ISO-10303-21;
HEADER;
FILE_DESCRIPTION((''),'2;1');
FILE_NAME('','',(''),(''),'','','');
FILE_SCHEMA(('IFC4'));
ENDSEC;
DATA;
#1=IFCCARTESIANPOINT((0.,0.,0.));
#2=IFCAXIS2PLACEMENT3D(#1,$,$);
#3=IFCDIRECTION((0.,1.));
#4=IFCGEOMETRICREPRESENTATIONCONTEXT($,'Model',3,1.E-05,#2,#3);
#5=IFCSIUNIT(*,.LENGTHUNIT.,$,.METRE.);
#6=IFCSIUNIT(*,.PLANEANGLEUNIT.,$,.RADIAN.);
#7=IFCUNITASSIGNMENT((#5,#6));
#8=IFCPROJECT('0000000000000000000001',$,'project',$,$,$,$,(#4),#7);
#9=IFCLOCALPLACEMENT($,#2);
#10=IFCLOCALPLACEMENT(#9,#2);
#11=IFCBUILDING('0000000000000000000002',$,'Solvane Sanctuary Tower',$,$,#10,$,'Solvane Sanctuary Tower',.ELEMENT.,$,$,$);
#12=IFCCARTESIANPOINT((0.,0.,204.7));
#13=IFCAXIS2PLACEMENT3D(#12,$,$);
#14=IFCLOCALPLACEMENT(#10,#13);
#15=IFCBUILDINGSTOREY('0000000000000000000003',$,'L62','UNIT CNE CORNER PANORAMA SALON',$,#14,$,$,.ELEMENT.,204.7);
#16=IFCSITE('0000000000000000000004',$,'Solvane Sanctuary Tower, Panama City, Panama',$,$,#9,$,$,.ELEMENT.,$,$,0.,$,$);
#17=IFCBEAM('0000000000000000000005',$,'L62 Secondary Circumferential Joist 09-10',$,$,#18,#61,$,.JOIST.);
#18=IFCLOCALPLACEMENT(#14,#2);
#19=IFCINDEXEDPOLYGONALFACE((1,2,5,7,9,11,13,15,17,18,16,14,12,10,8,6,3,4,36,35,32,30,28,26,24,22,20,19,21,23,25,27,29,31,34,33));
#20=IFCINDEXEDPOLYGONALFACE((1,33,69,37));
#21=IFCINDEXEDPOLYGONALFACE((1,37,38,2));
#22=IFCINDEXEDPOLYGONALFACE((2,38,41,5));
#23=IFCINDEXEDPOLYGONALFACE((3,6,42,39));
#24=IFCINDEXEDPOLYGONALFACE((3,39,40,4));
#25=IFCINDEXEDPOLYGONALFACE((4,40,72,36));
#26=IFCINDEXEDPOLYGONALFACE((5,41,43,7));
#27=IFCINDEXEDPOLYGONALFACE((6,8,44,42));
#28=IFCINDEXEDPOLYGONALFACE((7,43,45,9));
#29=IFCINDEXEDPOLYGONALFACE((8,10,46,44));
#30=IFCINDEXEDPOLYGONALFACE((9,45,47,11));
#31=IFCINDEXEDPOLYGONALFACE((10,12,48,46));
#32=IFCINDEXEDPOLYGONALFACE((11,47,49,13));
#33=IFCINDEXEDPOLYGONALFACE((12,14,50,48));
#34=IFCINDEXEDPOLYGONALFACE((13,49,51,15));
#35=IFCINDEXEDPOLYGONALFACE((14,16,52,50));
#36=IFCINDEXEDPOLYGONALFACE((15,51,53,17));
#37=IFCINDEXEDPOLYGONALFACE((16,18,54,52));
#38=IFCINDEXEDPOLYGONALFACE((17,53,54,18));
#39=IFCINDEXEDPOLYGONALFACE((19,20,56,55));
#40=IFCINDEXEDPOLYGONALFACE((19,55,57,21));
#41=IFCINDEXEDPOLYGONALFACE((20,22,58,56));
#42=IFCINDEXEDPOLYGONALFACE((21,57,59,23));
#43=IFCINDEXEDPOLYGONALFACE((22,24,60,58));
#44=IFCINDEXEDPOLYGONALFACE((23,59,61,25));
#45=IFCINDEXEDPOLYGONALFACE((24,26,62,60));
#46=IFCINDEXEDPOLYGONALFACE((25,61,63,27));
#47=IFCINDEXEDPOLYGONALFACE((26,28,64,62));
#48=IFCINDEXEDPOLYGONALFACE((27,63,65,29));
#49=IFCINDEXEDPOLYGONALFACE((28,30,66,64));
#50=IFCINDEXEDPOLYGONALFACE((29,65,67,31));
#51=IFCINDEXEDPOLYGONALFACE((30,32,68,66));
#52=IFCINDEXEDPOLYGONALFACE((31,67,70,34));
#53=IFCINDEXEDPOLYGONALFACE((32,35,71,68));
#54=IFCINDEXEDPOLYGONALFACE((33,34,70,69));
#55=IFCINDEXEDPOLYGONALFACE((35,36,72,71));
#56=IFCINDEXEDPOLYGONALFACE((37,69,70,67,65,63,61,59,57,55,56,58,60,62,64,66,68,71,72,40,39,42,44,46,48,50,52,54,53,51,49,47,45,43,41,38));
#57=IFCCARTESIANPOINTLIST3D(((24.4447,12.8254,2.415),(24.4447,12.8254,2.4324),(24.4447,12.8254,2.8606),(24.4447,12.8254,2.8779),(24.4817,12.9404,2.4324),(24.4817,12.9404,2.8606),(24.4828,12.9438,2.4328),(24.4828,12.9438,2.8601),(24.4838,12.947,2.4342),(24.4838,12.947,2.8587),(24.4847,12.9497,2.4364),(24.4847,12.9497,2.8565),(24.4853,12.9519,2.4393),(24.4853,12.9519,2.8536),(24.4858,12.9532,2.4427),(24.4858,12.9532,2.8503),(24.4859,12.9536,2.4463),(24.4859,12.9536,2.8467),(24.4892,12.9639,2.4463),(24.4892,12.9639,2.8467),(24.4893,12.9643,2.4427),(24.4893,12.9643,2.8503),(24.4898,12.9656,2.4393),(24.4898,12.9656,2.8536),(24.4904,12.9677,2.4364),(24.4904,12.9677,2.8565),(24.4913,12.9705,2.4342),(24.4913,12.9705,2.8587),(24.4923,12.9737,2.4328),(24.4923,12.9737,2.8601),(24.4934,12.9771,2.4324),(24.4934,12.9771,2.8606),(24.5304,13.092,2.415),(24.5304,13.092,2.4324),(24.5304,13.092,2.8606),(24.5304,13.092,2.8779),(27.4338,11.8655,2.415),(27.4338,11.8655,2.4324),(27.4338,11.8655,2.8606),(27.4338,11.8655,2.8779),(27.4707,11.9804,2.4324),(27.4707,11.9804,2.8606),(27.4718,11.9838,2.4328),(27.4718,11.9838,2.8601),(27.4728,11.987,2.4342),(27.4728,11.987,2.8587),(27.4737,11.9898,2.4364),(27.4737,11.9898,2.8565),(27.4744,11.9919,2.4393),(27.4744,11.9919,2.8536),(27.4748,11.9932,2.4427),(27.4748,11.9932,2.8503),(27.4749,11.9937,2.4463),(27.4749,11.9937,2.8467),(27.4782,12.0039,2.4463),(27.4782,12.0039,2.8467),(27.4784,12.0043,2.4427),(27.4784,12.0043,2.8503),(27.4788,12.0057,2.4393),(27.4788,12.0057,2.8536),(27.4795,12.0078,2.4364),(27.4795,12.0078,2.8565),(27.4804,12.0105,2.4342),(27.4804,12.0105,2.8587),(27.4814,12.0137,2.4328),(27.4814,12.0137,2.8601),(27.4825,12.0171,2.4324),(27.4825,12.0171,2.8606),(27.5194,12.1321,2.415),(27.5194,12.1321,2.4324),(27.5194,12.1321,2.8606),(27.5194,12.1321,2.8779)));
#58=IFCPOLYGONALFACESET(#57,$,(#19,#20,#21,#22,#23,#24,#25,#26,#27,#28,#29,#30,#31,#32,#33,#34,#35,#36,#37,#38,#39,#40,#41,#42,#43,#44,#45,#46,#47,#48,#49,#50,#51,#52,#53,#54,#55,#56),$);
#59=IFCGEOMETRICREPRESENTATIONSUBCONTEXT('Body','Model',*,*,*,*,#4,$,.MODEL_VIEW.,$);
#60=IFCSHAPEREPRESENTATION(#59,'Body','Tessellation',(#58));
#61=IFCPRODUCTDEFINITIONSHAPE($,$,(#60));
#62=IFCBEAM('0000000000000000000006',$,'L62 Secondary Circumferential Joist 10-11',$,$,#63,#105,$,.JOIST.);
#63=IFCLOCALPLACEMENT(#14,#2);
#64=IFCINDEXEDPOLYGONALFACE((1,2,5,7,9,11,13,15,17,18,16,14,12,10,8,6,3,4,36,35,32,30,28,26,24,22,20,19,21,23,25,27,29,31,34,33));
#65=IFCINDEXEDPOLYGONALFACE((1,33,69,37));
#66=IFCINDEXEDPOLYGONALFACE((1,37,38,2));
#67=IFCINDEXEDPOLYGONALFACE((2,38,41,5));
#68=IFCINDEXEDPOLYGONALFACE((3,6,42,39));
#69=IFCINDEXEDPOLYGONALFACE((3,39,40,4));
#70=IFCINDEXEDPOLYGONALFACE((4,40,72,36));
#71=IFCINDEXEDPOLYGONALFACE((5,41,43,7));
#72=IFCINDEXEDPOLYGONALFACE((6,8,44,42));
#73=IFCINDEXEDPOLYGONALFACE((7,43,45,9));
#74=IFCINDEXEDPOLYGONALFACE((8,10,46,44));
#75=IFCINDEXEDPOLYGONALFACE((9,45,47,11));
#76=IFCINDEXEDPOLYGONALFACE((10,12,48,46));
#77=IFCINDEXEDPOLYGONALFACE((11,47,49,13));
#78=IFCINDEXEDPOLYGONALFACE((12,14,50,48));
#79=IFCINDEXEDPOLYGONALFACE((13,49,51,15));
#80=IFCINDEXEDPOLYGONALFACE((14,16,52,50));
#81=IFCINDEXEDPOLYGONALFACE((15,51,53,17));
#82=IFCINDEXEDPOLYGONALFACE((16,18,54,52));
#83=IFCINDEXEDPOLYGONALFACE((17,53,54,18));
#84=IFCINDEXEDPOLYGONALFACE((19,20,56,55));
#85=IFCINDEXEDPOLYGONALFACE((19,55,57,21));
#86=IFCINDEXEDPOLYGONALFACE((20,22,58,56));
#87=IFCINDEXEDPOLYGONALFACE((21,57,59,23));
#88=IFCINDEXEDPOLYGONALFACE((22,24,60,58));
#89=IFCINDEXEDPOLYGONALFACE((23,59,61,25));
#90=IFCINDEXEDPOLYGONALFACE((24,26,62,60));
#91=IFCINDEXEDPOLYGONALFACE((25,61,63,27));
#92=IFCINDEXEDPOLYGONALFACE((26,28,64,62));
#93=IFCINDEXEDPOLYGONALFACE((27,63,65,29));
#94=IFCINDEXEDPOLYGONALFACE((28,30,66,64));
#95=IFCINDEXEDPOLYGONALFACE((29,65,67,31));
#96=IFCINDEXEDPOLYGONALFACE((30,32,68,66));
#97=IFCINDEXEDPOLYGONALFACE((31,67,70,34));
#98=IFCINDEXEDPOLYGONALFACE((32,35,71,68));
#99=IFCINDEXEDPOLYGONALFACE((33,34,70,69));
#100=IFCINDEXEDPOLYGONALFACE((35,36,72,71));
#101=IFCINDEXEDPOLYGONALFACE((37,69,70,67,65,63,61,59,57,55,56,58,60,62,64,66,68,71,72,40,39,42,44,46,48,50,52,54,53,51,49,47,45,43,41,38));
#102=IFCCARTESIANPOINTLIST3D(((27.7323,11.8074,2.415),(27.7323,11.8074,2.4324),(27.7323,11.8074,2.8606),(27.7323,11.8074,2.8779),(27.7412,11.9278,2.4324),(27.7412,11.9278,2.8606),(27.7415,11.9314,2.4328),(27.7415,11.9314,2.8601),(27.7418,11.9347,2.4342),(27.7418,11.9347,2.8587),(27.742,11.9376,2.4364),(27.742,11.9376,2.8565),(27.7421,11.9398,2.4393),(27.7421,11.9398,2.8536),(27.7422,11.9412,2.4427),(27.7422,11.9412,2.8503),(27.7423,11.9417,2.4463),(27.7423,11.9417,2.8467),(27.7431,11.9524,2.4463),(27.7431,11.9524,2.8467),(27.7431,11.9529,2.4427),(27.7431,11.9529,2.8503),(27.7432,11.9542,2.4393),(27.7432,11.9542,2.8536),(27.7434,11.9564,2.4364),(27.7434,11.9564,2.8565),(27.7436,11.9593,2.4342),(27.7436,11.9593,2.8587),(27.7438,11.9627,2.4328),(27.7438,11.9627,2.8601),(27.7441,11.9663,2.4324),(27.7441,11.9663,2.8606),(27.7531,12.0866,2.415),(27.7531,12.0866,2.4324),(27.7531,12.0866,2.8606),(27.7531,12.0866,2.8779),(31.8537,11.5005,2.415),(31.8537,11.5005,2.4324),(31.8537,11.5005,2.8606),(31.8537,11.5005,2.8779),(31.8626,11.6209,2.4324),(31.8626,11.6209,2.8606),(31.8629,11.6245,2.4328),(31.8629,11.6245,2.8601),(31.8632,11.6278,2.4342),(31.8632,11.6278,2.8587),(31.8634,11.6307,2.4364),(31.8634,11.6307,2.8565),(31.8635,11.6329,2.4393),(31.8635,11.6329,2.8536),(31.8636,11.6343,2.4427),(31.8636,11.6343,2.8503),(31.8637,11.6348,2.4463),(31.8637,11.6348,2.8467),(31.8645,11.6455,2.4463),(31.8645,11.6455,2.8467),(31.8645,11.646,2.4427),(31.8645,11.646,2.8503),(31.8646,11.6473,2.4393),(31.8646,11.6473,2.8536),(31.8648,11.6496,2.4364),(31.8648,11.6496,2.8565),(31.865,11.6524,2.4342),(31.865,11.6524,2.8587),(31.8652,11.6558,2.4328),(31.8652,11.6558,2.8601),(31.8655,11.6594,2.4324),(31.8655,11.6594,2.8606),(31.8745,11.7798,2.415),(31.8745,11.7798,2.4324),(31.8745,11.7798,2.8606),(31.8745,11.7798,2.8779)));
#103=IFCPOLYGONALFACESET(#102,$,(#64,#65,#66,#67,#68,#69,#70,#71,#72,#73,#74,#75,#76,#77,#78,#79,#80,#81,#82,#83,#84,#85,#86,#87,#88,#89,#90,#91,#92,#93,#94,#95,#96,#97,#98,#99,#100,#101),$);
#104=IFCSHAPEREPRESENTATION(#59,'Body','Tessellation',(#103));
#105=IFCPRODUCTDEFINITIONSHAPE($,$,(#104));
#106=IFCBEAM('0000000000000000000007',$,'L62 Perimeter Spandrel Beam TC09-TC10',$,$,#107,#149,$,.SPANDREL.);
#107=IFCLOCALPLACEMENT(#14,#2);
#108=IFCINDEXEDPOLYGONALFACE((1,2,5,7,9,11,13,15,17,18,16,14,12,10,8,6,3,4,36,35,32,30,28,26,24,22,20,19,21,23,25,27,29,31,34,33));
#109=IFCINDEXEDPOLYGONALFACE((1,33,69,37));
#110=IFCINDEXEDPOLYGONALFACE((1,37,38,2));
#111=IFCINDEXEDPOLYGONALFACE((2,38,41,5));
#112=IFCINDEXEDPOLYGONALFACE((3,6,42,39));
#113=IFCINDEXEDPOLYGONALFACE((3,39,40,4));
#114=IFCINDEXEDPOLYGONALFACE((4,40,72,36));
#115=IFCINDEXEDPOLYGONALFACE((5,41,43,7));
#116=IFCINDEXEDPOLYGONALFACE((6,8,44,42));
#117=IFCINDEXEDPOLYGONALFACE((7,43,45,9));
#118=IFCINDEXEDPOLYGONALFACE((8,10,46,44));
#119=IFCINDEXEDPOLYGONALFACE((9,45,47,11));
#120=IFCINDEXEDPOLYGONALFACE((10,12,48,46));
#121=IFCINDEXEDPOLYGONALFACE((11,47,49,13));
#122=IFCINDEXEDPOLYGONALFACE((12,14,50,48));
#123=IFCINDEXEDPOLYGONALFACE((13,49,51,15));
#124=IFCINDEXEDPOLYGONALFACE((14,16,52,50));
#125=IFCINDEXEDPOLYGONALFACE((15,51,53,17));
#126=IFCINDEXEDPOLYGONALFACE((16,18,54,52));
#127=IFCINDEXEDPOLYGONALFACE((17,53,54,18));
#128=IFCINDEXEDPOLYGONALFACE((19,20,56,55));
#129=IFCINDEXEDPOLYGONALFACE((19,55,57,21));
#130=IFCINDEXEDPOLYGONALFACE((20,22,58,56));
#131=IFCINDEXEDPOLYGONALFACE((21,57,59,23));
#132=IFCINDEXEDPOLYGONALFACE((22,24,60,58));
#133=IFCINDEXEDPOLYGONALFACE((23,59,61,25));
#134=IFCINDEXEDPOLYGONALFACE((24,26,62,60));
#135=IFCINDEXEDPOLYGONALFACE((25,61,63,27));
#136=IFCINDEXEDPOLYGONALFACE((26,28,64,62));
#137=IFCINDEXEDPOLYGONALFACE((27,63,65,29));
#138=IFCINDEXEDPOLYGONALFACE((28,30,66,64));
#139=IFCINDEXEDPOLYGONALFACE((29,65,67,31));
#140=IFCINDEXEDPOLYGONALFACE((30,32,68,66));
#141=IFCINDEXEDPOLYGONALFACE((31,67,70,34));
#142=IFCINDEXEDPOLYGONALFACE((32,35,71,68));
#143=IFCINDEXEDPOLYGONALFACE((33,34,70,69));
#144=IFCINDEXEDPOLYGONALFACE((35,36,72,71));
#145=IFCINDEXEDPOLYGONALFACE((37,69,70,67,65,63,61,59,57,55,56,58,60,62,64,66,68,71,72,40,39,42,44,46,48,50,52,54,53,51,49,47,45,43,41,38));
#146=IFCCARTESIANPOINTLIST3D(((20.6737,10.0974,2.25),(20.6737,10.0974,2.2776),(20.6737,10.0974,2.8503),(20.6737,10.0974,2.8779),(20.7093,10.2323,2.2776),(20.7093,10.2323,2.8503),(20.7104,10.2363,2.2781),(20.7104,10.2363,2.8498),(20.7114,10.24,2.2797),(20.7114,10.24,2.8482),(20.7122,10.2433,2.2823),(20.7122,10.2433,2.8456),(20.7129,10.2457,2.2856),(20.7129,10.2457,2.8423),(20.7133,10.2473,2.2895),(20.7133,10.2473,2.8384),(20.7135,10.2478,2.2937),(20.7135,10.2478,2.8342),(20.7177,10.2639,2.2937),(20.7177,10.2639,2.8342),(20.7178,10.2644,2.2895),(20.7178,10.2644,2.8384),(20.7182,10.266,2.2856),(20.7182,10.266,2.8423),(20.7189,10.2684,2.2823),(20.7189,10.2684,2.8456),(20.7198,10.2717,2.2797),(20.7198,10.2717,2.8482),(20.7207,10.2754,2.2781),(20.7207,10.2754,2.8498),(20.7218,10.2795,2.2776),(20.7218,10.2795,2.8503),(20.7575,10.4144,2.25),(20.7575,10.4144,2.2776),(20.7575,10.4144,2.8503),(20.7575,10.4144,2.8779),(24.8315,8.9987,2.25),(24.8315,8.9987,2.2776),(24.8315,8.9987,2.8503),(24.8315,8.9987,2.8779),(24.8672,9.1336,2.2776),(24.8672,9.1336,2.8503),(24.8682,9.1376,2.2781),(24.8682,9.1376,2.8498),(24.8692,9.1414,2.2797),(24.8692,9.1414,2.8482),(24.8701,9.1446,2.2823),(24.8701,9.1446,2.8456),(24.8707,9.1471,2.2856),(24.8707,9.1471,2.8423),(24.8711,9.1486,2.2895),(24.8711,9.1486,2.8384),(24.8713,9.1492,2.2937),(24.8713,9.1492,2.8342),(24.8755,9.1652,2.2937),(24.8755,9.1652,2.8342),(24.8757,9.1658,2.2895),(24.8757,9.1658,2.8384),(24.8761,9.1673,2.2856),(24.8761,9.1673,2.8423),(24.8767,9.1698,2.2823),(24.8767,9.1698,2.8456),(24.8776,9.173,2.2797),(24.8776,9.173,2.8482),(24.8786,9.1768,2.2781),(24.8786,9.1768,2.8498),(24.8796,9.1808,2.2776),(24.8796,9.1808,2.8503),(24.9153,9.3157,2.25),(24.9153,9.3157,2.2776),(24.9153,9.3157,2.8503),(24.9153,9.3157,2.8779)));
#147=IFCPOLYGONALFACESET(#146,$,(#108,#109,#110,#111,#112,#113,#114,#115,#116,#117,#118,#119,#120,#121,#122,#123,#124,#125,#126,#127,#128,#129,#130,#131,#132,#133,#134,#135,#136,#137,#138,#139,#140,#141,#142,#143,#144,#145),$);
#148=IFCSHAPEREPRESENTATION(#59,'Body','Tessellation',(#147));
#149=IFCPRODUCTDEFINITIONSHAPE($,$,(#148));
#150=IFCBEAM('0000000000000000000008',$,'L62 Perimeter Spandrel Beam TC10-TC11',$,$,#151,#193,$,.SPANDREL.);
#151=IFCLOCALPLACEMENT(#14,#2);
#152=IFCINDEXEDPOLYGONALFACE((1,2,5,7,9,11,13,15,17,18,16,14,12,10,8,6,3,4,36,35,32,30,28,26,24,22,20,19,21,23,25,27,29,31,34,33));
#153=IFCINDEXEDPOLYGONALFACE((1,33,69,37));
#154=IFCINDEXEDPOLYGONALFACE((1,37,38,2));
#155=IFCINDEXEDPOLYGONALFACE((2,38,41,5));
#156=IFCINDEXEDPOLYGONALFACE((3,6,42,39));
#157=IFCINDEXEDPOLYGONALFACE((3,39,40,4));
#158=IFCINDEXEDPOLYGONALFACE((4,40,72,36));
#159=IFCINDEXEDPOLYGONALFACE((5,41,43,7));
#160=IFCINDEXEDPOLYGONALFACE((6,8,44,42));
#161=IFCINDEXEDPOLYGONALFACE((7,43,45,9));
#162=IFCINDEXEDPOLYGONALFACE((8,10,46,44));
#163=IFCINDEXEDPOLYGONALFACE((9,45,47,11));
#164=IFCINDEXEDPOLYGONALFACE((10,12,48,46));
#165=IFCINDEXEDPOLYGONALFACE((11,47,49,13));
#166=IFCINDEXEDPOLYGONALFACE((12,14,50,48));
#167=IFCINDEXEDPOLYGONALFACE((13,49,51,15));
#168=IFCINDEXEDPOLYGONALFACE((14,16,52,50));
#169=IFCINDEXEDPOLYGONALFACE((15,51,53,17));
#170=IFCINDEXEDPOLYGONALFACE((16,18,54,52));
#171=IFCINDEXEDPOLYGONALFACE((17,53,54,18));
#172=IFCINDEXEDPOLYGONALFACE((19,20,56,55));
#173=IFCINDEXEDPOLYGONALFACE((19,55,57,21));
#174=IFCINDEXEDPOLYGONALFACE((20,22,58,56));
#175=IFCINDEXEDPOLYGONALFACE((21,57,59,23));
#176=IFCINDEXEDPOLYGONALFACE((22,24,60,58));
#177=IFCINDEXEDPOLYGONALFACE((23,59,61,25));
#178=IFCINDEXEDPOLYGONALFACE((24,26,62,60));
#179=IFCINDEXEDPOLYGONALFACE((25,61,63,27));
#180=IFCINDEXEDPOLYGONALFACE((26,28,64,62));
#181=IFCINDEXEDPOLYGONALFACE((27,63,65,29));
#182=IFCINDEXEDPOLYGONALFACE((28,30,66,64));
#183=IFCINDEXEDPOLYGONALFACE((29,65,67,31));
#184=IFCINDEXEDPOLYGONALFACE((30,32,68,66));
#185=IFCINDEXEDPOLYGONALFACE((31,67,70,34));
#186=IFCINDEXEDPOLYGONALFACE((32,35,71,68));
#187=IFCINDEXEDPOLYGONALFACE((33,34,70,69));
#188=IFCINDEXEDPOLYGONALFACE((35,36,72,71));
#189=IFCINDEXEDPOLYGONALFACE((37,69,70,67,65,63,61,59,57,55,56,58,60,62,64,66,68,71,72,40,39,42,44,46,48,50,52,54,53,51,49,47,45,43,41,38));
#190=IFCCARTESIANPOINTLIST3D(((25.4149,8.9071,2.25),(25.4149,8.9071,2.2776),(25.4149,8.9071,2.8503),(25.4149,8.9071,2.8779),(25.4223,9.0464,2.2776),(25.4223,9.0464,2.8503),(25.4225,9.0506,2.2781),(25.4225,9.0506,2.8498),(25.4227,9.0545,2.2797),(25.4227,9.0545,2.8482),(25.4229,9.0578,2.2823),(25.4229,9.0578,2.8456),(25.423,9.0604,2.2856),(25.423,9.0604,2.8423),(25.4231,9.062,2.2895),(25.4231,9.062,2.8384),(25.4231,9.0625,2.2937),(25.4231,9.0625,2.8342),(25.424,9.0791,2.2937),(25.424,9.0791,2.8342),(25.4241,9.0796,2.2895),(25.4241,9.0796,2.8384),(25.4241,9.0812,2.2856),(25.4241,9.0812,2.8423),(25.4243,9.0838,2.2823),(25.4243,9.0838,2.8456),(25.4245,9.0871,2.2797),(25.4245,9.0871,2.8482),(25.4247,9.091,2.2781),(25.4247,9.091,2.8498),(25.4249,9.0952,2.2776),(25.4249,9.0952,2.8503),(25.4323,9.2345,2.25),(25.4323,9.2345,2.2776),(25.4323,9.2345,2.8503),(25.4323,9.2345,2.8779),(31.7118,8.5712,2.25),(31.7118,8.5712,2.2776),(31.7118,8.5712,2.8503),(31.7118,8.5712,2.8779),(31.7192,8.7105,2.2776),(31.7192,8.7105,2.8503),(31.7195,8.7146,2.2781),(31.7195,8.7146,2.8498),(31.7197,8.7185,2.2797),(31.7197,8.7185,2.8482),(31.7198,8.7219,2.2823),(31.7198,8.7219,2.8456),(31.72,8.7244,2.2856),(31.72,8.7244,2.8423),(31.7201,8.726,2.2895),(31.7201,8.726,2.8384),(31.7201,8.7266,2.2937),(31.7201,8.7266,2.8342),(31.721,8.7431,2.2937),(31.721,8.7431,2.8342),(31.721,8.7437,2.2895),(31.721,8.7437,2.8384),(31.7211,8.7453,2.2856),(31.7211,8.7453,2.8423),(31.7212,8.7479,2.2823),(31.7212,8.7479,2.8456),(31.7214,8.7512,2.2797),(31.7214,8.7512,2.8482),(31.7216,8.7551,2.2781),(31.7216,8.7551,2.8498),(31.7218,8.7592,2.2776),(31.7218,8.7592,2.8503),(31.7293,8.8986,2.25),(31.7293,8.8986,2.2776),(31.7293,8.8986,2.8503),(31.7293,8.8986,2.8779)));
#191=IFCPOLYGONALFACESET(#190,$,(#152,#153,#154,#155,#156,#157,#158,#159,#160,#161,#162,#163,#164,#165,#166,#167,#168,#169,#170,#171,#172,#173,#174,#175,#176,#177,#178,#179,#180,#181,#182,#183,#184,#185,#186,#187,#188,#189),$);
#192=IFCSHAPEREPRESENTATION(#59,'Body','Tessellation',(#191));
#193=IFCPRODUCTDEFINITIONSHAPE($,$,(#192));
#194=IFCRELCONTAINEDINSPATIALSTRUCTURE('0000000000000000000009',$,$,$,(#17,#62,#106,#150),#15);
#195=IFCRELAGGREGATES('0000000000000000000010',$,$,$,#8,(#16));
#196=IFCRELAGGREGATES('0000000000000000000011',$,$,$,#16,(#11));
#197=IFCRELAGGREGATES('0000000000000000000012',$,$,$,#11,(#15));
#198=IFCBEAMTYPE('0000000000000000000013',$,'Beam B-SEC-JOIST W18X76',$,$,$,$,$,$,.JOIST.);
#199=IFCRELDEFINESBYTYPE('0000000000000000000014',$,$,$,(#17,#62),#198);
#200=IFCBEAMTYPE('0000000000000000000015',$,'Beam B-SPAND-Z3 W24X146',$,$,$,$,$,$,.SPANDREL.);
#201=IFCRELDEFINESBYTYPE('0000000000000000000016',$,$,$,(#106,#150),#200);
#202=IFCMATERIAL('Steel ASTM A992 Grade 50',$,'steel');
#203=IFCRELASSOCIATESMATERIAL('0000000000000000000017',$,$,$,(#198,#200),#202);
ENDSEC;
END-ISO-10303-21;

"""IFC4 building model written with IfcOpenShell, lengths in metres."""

from ifc_helpers import new_model, si_unit, direction, frame, origin, origin_2d, place, context, subcontext, project, spatial, i_section, extrude, material, material_profile, profile_set, type_object, element, save


model = new_model("IFC4")

# Units and contexts
model_context = context("Model", 3, precision=1e-05, world=origin(), true_north=direction((0.0, 1.0)))
body_context = subcontext(model_context, "Body", "Model", "MODEL_VIEW")
ifc_project = project(units=[si_unit("LENGTHUNIT", "METRE"), si_unit("PLANEANGLEUNIT", "RADIAN")], contexts=[model_context])

# Site, building, storey
site_placement = place(None, origin())
site = spatial("IfcSite", under=ifc_project, at=site_placement, Name="Solvane Sanctuary Tower, Panama City, Panama", CompositionType="ELEMENT", RefElevation=0.0)
building_placement = place(site_placement, origin())
building = spatial("IfcBuilding", under=site, at=building_placement, Name="Solvane Sanctuary Tower", LongName="Solvane Sanctuary Tower", CompositionType="ELEMENT")
storey_placement = place(building_placement, frame((0.0, 0.0, 204.7)))
storey = spatial("IfcBuildingStorey", under=building, at=storey_placement, Name="L62", Description="UNIT CNE CORNER PANORAMA SALON", CompositionType="ELEMENT", Elevation=204.7)

# Beams
ifc_material_1 = material(Name="Steel ASTM A992 Grade 50", Category="steel")
ifc_material_profile_1 = material_profile(ifc_material_1, i_section(OverallWidth=0.28, OverallDepth=0.4629, WebThickness=0.0107, FlangeThickness=0.0173, FilletRadius=0.0139, at=origin_2d()), Name="W18X76")
ifc_profile_set_1 = profile_set([ifc_material_profile_1], Name="Steel ASTM A992 Grade 50")
beam_type_1 = type_object("IfcBeamType", Name="Beam B-SEC-JOIST W18X76", PredefinedType="JOIST", material=ifc_profile_set_1)
beam_1_placement = place(storey_placement, frame((24.4875, 12.9587, 2.6465), z_axis=(0.952102, -0.30578, 0.0), x_axis=(0.30578, 0.952102, 0.0)))
element("IfcBeam", 1, at=beam_1_placement, inside=storey, type_object=beam_type_1, Name="L62 Secondary Circumferential Joist 09-10", PredefinedType="JOIST", context=body_context, shape_type="SweptSolid", body=[
    extrude(i_section(OverallWidth=0.28, OverallDepth=0.4629, WebThickness=0.0107, FlangeThickness=0.0173, FilletRadius=0.0139, at=origin_2d()), origin(), (0.0, 0.0, 1.0), 3.1394),
])
beam_2_placement = place(storey_placement, frame((27.7427, 11.947, 2.6465), z_axis=(0.997239, -0.074257, 0.0), x_axis=(0.074257, 0.997239, 0.0)))
element("IfcBeam", 2, at=beam_2_placement, inside=storey, type_object=beam_type_1, Name="L62 Secondary Circumferential Joist 10-11", PredefinedType="JOIST", context=body_context, shape_type="SweptSolid", body=[
    extrude(i_section(OverallWidth=0.28, OverallDepth=0.4629, WebThickness=0.0107, FlangeThickness=0.0173, FilletRadius=0.0139, at=origin_2d()), origin(), (0.0, 0.0, 1.0), 4.1328),
])
ifc_material_profile_2 = material_profile(ifc_material_1, i_section(OverallWidth=0.3279, OverallDepth=0.6279, WebThickness=0.0166, FlangeThickness=0.0276, FilletRadius=0.0161, at=origin_2d()), Name="W24X146")
ifc_profile_set_2 = profile_set([ifc_material_profile_2], Name="Steel ASTM A992 Grade 50")
beam_type_2 = type_object("IfcBeamType", Name="Beam B-SPAND-Z3 W24X146", PredefinedType="SPANDREL", material=ifc_profile_set_2)
beam_3_placement = place(storey_placement, frame((20.7156, 10.2559, 2.564), z_axis=(0.966817, -0.255471, 0.0), x_axis=(0.255471, 0.966817, 0.0)))
element("IfcBeam", 3, at=beam_3_placement, inside=storey, type_object=beam_type_2, Name="L62 Perimeter Spandrel Beam TC09-TC10", PredefinedType="SPANDREL", context=body_context, shape_type="SweptSolid", body=[
    extrude(i_section(OverallWidth=0.3279, OverallDepth=0.6279, WebThickness=0.0166, FlangeThickness=0.0276, FilletRadius=0.0161, at=origin_2d()), origin(), (0.0, 0.0, 1.0), 4.3005),
])
beam_4_placement = place(storey_placement, frame((25.4236, 9.0708, 2.564), z_axis=(0.99858, -0.053274, 0.0), x_axis=(0.053274, 0.99858, 0.0)))
element("IfcBeam", 4, at=beam_4_placement, inside=storey, type_object=beam_type_2, Name="L62 Perimeter Spandrel Beam TC10-TC11", PredefinedType="SPANDREL", context=body_context, shape_type="SweptSolid", body=[
    extrude(i_section(OverallWidth=0.3279, OverallDepth=0.6279, WebThickness=0.0166, FlangeThickness=0.0276, FilletRadius=0.0161, at=origin_2d()), origin(), (0.0, 0.0, 1.0), 6.3059),
])

save(model, "model.ifc")
